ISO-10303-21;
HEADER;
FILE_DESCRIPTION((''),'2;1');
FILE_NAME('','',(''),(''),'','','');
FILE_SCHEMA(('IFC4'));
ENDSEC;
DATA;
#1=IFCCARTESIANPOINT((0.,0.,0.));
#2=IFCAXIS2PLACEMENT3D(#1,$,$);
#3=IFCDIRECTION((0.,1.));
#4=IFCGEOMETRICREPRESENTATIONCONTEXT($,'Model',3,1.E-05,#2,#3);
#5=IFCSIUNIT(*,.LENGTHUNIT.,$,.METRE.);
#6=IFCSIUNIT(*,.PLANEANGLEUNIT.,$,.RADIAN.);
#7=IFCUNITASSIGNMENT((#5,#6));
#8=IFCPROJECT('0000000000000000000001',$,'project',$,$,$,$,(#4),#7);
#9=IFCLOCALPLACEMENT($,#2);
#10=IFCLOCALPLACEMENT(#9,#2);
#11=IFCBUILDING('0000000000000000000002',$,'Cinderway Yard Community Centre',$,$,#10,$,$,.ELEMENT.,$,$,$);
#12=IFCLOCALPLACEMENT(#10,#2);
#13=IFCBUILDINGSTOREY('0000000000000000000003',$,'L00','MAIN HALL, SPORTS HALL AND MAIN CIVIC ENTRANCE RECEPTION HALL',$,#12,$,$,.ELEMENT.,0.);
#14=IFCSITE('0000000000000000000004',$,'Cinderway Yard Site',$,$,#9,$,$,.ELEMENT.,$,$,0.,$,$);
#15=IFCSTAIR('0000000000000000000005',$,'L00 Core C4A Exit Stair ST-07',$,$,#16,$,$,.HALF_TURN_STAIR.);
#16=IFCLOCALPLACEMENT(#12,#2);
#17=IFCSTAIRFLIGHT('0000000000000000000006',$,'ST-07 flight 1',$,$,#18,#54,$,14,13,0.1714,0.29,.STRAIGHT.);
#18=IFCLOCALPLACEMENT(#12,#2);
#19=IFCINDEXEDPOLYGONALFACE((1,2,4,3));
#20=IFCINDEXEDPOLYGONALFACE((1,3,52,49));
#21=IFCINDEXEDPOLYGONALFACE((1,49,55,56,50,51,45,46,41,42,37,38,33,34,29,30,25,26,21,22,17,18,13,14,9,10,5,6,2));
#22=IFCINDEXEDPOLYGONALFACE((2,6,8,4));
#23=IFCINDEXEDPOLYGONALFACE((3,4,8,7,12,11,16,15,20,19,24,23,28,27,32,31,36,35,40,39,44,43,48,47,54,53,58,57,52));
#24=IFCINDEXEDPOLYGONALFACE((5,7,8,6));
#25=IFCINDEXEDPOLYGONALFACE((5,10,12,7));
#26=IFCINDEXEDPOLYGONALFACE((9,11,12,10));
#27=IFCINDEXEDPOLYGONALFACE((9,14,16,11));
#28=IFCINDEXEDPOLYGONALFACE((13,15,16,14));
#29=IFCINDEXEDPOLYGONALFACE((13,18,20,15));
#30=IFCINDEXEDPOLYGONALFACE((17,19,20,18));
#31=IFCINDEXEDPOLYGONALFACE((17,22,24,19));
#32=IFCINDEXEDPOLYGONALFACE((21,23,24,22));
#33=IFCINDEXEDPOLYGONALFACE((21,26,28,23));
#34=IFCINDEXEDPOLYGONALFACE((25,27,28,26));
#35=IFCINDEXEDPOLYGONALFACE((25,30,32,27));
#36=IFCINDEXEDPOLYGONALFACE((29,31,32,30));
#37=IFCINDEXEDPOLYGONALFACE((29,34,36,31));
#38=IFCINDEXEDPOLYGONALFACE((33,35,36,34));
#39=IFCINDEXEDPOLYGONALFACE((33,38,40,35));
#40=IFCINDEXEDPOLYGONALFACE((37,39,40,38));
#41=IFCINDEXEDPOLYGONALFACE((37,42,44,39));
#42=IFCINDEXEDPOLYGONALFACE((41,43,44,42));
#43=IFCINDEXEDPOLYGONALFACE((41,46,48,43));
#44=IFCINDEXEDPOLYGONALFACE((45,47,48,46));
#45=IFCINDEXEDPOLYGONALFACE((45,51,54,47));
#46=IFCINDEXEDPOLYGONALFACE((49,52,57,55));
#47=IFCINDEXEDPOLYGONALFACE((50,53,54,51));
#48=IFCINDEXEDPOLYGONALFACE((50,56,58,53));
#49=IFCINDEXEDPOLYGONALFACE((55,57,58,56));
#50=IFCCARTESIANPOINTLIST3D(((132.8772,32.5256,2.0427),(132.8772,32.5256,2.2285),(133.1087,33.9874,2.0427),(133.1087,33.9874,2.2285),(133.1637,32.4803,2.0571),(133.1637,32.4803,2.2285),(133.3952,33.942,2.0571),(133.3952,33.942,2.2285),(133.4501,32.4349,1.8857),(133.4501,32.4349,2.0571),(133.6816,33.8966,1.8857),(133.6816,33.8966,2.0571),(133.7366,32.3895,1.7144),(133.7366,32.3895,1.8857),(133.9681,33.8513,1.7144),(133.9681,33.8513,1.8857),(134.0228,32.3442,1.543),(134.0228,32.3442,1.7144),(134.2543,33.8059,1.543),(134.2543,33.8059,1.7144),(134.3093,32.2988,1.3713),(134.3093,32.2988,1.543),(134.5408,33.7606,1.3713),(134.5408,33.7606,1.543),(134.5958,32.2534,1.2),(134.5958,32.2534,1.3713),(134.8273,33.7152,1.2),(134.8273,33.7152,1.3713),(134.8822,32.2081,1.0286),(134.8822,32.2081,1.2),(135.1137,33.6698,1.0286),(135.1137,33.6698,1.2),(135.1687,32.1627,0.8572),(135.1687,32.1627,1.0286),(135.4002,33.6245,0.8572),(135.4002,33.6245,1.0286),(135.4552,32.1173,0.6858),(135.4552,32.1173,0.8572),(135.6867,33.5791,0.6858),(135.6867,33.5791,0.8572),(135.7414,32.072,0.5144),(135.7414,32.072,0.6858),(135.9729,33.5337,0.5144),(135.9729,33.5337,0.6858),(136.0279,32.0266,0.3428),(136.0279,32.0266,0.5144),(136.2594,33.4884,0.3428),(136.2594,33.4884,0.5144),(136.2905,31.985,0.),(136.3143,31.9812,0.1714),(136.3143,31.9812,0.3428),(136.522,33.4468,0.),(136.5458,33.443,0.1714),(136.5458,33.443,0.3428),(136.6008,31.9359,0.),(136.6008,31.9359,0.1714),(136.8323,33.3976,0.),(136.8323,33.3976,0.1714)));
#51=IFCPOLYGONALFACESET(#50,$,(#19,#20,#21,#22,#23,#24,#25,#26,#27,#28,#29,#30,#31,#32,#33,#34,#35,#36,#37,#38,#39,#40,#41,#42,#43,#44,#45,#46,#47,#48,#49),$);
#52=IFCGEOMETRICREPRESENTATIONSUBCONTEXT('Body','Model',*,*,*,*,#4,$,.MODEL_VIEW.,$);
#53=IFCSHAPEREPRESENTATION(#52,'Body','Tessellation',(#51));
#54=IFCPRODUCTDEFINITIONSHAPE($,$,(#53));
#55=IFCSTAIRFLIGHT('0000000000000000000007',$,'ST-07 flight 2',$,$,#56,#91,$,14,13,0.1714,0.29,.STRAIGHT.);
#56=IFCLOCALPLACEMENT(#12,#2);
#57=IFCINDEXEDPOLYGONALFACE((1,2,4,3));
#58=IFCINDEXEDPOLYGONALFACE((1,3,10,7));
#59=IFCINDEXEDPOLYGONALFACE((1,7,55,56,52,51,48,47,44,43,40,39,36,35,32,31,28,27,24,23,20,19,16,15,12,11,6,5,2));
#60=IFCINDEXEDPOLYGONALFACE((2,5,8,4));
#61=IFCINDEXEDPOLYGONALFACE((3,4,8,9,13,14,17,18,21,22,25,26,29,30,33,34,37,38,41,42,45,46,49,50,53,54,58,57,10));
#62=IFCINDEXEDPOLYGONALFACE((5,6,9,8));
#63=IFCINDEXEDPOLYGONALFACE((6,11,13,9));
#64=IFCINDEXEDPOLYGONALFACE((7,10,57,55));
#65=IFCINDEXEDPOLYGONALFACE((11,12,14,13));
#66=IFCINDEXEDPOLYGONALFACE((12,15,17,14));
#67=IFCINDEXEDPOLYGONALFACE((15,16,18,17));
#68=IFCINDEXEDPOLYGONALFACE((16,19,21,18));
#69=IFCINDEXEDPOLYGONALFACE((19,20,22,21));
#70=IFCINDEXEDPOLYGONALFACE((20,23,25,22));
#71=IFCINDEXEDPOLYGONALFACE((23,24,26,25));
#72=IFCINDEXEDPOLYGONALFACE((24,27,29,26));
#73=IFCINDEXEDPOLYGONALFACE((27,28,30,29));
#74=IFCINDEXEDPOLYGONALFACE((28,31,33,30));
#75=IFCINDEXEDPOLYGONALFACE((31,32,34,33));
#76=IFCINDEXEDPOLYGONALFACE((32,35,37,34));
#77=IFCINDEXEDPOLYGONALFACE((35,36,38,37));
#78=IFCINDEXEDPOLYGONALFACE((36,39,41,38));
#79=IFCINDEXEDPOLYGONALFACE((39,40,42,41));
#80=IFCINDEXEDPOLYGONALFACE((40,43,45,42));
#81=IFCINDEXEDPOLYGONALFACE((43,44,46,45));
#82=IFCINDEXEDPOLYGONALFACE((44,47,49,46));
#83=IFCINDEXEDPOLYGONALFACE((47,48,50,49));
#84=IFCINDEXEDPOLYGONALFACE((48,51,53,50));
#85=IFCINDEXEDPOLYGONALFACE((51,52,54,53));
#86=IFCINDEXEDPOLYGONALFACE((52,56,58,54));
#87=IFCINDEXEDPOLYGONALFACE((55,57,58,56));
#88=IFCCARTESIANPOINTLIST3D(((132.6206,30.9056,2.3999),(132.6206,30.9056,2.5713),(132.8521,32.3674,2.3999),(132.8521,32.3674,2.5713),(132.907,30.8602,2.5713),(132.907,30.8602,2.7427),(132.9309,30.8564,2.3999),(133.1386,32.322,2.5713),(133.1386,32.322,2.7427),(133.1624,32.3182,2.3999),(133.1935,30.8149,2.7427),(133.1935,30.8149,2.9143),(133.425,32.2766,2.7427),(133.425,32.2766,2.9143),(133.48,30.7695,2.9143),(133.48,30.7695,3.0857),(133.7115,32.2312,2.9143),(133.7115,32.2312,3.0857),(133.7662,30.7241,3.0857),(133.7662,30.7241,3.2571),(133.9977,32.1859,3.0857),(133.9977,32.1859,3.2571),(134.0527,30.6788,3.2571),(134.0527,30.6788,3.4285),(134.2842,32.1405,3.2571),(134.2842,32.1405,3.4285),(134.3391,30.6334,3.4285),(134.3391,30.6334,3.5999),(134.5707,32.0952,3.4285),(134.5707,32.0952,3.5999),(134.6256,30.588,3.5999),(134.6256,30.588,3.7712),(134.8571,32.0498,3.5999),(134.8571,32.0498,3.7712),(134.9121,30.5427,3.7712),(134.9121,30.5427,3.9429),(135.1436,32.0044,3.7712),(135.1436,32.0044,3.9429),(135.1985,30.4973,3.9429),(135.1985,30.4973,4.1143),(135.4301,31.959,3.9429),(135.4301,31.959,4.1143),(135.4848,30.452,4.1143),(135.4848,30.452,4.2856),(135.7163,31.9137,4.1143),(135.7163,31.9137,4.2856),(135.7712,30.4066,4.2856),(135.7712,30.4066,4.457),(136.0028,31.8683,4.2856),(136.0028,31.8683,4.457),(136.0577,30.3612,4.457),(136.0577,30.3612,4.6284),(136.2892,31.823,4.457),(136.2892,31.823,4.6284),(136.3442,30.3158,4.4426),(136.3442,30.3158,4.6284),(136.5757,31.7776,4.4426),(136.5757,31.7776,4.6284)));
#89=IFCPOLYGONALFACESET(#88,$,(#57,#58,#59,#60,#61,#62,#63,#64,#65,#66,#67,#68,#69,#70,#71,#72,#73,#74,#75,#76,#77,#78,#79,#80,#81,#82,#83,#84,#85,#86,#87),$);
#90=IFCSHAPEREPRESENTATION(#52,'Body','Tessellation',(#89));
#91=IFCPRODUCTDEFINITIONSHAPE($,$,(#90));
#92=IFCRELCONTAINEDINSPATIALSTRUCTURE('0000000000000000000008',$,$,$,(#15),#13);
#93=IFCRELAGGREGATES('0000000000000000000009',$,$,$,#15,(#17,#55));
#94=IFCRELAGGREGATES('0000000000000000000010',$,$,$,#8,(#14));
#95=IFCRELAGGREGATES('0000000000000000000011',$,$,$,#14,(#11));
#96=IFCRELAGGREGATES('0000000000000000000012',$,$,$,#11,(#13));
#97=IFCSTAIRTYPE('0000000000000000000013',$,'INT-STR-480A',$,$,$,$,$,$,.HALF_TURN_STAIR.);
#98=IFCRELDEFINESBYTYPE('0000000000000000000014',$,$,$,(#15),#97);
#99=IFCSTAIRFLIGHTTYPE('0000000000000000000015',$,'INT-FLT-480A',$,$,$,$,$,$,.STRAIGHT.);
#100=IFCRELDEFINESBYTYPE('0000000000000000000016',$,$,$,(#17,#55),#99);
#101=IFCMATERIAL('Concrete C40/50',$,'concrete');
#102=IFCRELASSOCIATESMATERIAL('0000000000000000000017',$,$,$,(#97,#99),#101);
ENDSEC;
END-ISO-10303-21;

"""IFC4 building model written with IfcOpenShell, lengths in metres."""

from ifc_helpers import new_model, si_unit, direction, frame, origin, place, context, subcontext, project, spatial, polyline, outline, extrude, material, type_object, element, aggregate, save


model = new_model("IFC4")

# Units and contexts
model_context = context("Model", 3, precision=1e-05, world=origin(), true_north=direction((0.0, 1.0)))
body_context = subcontext(model_context, "Body", "Model", "MODEL_VIEW")
ifc_project = project(units=[si_unit("LENGTHUNIT", "METRE"), si_unit("PLANEANGLEUNIT", "RADIAN")], contexts=[model_context])

# Site, building, storey
site_placement = place(None, origin())
site = spatial("IfcSite", under=ifc_project, at=site_placement, Name="Cinderway Yard Site", CompositionType="ELEMENT", RefElevation=0.0)
building_placement = place(site_placement, origin())
building = spatial("IfcBuilding", under=site, at=building_placement, Name="Cinderway Yard Community Centre", CompositionType="ELEMENT")
storey_placement = place(building_placement, origin())
storey = spatial("IfcBuildingStorey", under=building, at=storey_placement, Name="L00", Description="MAIN HALL, SPORTS HALL AND MAIN CIVIC ENTRANCE RECEPTION HALL", CompositionType="ELEMENT", Elevation=0.0)

# Shared definitions
ifc_material_1 = material(Name="Concrete C40/50", Category="concrete")

# Stair, stair flights
stair_type = type_object("IfcStairType", Name="INT-STR-480A", PredefinedType="HALF_TURN_STAIR", material=ifc_material_1)
stair_placement = place(storey_placement, origin())
stair = element("IfcStair", 1, at=stair_placement, inside=storey, type_object=stair_type, Name="L00 Core C4A Exit Stair ST-07", PredefinedType="HALF_TURN_STAIR")
stair_flight_type = type_object("IfcStairFlightType", Name="INT-FLT-480A", PredefinedType="STRAIGHT", material=ifc_material_1)
stair_flight_1_placement = place(storey_placement, frame((136.7166, 32.6667, 0.0), z_axis=(0.0, 0.0, 1.0), x_axis=(-0.987688, 0.156434, 0.0)))
stair_flight_1 = element("IfcStairFlight", 2, at=stair_flight_1_placement, type_object=stair_flight_type, Name="ST-07 flight 1", NumberOfRisers=14, NumberOfTreads=13, PredefinedType="STRAIGHT", RiserHeight=0.1714, TreadLength=0.29, context=body_context, shape_type="SweptSolid", body=[
    extrude(outline(polyline([(0.0, 0.0), (0.0, 0.1714), (0.29, 0.1714), (0.29, 0.3428), (0.5801, 0.3428), (0.5801, 0.5144), (0.8701, 0.5144), (0.8701, 0.6858), (1.1599, 0.6858), (1.1599, 0.8572), (1.45, 0.8572), (1.45, 1.0286), (1.74, 1.0286), (1.74, 1.2), (2.03, 1.2), (2.03, 1.3713), (2.3201, 1.3713), (2.3201, 1.543), (2.6101, 1.543), (2.6101, 1.7144), (2.8999, 1.7144), (2.8999, 1.8857), (3.1899, 1.8857), (3.1899, 2.0571), (3.48, 2.0571), (3.48, 2.2285), (3.77, 2.2285), (3.77, 2.3999), (3.77, 2.0427), (0.3142, 0.0), (0.0, 0.0)])), frame((0.0, 0.74, 0.0), z_axis=(0.0, -1.0, 0.0), x_axis=(1.0, 0.0, 0.0)), (0.0, 0.0, 1.0), 1.48),
])
stair_flight_2_placement = place(storey_placement, frame((132.7363, 31.6365, 2.3999), z_axis=(0.0, 0.0, 1.0), x_axis=(0.987688, -0.156434, 0.0)))
stair_flight_2 = element("IfcStairFlight", 3, at=stair_flight_2_placement, type_object=stair_flight_type, Name="ST-07 flight 2", NumberOfRisers=14, NumberOfTreads=13, PredefinedType="STRAIGHT", RiserHeight=0.1714, TreadLength=0.29, context=body_context, shape_type="SweptSolid", body=[
    extrude(outline(polyline([(0.0, 0.0), (0.0, 0.1714), (0.29, 0.1714), (0.29, 0.3428), (0.5801, 0.3428), (0.5801, 0.5144), (0.8701, 0.5144), (0.8701, 0.6858), (1.1599, 0.6858), (1.1599, 0.8572), (1.45, 0.8572), (1.45, 1.0286), (1.74, 1.0286), (1.74, 1.2), (2.03, 1.2), (2.03, 1.3713), (2.3201, 1.3713), (2.3201, 1.543), (2.6101, 1.543), (2.6101, 1.7144), (2.8999, 1.7144), (2.8999, 1.8857), (3.1899, 1.8857), (3.1899, 2.0571), (3.48, 2.0571), (3.48, 2.2285), (3.77, 2.2285), (3.77, 2.3999), (3.77, 2.0427), (0.3142, 0.0), (0.0, 0.0)])), frame((0.0, 0.74, 0.0), z_axis=(0.0, -1.0, 0.0), x_axis=(1.0, 0.0, 0.0)), (0.0, 0.0, 1.0), 1.48),
])
aggregate(stair, [stair_flight_1, stair_flight_2])

save(model, "model.ifc")
